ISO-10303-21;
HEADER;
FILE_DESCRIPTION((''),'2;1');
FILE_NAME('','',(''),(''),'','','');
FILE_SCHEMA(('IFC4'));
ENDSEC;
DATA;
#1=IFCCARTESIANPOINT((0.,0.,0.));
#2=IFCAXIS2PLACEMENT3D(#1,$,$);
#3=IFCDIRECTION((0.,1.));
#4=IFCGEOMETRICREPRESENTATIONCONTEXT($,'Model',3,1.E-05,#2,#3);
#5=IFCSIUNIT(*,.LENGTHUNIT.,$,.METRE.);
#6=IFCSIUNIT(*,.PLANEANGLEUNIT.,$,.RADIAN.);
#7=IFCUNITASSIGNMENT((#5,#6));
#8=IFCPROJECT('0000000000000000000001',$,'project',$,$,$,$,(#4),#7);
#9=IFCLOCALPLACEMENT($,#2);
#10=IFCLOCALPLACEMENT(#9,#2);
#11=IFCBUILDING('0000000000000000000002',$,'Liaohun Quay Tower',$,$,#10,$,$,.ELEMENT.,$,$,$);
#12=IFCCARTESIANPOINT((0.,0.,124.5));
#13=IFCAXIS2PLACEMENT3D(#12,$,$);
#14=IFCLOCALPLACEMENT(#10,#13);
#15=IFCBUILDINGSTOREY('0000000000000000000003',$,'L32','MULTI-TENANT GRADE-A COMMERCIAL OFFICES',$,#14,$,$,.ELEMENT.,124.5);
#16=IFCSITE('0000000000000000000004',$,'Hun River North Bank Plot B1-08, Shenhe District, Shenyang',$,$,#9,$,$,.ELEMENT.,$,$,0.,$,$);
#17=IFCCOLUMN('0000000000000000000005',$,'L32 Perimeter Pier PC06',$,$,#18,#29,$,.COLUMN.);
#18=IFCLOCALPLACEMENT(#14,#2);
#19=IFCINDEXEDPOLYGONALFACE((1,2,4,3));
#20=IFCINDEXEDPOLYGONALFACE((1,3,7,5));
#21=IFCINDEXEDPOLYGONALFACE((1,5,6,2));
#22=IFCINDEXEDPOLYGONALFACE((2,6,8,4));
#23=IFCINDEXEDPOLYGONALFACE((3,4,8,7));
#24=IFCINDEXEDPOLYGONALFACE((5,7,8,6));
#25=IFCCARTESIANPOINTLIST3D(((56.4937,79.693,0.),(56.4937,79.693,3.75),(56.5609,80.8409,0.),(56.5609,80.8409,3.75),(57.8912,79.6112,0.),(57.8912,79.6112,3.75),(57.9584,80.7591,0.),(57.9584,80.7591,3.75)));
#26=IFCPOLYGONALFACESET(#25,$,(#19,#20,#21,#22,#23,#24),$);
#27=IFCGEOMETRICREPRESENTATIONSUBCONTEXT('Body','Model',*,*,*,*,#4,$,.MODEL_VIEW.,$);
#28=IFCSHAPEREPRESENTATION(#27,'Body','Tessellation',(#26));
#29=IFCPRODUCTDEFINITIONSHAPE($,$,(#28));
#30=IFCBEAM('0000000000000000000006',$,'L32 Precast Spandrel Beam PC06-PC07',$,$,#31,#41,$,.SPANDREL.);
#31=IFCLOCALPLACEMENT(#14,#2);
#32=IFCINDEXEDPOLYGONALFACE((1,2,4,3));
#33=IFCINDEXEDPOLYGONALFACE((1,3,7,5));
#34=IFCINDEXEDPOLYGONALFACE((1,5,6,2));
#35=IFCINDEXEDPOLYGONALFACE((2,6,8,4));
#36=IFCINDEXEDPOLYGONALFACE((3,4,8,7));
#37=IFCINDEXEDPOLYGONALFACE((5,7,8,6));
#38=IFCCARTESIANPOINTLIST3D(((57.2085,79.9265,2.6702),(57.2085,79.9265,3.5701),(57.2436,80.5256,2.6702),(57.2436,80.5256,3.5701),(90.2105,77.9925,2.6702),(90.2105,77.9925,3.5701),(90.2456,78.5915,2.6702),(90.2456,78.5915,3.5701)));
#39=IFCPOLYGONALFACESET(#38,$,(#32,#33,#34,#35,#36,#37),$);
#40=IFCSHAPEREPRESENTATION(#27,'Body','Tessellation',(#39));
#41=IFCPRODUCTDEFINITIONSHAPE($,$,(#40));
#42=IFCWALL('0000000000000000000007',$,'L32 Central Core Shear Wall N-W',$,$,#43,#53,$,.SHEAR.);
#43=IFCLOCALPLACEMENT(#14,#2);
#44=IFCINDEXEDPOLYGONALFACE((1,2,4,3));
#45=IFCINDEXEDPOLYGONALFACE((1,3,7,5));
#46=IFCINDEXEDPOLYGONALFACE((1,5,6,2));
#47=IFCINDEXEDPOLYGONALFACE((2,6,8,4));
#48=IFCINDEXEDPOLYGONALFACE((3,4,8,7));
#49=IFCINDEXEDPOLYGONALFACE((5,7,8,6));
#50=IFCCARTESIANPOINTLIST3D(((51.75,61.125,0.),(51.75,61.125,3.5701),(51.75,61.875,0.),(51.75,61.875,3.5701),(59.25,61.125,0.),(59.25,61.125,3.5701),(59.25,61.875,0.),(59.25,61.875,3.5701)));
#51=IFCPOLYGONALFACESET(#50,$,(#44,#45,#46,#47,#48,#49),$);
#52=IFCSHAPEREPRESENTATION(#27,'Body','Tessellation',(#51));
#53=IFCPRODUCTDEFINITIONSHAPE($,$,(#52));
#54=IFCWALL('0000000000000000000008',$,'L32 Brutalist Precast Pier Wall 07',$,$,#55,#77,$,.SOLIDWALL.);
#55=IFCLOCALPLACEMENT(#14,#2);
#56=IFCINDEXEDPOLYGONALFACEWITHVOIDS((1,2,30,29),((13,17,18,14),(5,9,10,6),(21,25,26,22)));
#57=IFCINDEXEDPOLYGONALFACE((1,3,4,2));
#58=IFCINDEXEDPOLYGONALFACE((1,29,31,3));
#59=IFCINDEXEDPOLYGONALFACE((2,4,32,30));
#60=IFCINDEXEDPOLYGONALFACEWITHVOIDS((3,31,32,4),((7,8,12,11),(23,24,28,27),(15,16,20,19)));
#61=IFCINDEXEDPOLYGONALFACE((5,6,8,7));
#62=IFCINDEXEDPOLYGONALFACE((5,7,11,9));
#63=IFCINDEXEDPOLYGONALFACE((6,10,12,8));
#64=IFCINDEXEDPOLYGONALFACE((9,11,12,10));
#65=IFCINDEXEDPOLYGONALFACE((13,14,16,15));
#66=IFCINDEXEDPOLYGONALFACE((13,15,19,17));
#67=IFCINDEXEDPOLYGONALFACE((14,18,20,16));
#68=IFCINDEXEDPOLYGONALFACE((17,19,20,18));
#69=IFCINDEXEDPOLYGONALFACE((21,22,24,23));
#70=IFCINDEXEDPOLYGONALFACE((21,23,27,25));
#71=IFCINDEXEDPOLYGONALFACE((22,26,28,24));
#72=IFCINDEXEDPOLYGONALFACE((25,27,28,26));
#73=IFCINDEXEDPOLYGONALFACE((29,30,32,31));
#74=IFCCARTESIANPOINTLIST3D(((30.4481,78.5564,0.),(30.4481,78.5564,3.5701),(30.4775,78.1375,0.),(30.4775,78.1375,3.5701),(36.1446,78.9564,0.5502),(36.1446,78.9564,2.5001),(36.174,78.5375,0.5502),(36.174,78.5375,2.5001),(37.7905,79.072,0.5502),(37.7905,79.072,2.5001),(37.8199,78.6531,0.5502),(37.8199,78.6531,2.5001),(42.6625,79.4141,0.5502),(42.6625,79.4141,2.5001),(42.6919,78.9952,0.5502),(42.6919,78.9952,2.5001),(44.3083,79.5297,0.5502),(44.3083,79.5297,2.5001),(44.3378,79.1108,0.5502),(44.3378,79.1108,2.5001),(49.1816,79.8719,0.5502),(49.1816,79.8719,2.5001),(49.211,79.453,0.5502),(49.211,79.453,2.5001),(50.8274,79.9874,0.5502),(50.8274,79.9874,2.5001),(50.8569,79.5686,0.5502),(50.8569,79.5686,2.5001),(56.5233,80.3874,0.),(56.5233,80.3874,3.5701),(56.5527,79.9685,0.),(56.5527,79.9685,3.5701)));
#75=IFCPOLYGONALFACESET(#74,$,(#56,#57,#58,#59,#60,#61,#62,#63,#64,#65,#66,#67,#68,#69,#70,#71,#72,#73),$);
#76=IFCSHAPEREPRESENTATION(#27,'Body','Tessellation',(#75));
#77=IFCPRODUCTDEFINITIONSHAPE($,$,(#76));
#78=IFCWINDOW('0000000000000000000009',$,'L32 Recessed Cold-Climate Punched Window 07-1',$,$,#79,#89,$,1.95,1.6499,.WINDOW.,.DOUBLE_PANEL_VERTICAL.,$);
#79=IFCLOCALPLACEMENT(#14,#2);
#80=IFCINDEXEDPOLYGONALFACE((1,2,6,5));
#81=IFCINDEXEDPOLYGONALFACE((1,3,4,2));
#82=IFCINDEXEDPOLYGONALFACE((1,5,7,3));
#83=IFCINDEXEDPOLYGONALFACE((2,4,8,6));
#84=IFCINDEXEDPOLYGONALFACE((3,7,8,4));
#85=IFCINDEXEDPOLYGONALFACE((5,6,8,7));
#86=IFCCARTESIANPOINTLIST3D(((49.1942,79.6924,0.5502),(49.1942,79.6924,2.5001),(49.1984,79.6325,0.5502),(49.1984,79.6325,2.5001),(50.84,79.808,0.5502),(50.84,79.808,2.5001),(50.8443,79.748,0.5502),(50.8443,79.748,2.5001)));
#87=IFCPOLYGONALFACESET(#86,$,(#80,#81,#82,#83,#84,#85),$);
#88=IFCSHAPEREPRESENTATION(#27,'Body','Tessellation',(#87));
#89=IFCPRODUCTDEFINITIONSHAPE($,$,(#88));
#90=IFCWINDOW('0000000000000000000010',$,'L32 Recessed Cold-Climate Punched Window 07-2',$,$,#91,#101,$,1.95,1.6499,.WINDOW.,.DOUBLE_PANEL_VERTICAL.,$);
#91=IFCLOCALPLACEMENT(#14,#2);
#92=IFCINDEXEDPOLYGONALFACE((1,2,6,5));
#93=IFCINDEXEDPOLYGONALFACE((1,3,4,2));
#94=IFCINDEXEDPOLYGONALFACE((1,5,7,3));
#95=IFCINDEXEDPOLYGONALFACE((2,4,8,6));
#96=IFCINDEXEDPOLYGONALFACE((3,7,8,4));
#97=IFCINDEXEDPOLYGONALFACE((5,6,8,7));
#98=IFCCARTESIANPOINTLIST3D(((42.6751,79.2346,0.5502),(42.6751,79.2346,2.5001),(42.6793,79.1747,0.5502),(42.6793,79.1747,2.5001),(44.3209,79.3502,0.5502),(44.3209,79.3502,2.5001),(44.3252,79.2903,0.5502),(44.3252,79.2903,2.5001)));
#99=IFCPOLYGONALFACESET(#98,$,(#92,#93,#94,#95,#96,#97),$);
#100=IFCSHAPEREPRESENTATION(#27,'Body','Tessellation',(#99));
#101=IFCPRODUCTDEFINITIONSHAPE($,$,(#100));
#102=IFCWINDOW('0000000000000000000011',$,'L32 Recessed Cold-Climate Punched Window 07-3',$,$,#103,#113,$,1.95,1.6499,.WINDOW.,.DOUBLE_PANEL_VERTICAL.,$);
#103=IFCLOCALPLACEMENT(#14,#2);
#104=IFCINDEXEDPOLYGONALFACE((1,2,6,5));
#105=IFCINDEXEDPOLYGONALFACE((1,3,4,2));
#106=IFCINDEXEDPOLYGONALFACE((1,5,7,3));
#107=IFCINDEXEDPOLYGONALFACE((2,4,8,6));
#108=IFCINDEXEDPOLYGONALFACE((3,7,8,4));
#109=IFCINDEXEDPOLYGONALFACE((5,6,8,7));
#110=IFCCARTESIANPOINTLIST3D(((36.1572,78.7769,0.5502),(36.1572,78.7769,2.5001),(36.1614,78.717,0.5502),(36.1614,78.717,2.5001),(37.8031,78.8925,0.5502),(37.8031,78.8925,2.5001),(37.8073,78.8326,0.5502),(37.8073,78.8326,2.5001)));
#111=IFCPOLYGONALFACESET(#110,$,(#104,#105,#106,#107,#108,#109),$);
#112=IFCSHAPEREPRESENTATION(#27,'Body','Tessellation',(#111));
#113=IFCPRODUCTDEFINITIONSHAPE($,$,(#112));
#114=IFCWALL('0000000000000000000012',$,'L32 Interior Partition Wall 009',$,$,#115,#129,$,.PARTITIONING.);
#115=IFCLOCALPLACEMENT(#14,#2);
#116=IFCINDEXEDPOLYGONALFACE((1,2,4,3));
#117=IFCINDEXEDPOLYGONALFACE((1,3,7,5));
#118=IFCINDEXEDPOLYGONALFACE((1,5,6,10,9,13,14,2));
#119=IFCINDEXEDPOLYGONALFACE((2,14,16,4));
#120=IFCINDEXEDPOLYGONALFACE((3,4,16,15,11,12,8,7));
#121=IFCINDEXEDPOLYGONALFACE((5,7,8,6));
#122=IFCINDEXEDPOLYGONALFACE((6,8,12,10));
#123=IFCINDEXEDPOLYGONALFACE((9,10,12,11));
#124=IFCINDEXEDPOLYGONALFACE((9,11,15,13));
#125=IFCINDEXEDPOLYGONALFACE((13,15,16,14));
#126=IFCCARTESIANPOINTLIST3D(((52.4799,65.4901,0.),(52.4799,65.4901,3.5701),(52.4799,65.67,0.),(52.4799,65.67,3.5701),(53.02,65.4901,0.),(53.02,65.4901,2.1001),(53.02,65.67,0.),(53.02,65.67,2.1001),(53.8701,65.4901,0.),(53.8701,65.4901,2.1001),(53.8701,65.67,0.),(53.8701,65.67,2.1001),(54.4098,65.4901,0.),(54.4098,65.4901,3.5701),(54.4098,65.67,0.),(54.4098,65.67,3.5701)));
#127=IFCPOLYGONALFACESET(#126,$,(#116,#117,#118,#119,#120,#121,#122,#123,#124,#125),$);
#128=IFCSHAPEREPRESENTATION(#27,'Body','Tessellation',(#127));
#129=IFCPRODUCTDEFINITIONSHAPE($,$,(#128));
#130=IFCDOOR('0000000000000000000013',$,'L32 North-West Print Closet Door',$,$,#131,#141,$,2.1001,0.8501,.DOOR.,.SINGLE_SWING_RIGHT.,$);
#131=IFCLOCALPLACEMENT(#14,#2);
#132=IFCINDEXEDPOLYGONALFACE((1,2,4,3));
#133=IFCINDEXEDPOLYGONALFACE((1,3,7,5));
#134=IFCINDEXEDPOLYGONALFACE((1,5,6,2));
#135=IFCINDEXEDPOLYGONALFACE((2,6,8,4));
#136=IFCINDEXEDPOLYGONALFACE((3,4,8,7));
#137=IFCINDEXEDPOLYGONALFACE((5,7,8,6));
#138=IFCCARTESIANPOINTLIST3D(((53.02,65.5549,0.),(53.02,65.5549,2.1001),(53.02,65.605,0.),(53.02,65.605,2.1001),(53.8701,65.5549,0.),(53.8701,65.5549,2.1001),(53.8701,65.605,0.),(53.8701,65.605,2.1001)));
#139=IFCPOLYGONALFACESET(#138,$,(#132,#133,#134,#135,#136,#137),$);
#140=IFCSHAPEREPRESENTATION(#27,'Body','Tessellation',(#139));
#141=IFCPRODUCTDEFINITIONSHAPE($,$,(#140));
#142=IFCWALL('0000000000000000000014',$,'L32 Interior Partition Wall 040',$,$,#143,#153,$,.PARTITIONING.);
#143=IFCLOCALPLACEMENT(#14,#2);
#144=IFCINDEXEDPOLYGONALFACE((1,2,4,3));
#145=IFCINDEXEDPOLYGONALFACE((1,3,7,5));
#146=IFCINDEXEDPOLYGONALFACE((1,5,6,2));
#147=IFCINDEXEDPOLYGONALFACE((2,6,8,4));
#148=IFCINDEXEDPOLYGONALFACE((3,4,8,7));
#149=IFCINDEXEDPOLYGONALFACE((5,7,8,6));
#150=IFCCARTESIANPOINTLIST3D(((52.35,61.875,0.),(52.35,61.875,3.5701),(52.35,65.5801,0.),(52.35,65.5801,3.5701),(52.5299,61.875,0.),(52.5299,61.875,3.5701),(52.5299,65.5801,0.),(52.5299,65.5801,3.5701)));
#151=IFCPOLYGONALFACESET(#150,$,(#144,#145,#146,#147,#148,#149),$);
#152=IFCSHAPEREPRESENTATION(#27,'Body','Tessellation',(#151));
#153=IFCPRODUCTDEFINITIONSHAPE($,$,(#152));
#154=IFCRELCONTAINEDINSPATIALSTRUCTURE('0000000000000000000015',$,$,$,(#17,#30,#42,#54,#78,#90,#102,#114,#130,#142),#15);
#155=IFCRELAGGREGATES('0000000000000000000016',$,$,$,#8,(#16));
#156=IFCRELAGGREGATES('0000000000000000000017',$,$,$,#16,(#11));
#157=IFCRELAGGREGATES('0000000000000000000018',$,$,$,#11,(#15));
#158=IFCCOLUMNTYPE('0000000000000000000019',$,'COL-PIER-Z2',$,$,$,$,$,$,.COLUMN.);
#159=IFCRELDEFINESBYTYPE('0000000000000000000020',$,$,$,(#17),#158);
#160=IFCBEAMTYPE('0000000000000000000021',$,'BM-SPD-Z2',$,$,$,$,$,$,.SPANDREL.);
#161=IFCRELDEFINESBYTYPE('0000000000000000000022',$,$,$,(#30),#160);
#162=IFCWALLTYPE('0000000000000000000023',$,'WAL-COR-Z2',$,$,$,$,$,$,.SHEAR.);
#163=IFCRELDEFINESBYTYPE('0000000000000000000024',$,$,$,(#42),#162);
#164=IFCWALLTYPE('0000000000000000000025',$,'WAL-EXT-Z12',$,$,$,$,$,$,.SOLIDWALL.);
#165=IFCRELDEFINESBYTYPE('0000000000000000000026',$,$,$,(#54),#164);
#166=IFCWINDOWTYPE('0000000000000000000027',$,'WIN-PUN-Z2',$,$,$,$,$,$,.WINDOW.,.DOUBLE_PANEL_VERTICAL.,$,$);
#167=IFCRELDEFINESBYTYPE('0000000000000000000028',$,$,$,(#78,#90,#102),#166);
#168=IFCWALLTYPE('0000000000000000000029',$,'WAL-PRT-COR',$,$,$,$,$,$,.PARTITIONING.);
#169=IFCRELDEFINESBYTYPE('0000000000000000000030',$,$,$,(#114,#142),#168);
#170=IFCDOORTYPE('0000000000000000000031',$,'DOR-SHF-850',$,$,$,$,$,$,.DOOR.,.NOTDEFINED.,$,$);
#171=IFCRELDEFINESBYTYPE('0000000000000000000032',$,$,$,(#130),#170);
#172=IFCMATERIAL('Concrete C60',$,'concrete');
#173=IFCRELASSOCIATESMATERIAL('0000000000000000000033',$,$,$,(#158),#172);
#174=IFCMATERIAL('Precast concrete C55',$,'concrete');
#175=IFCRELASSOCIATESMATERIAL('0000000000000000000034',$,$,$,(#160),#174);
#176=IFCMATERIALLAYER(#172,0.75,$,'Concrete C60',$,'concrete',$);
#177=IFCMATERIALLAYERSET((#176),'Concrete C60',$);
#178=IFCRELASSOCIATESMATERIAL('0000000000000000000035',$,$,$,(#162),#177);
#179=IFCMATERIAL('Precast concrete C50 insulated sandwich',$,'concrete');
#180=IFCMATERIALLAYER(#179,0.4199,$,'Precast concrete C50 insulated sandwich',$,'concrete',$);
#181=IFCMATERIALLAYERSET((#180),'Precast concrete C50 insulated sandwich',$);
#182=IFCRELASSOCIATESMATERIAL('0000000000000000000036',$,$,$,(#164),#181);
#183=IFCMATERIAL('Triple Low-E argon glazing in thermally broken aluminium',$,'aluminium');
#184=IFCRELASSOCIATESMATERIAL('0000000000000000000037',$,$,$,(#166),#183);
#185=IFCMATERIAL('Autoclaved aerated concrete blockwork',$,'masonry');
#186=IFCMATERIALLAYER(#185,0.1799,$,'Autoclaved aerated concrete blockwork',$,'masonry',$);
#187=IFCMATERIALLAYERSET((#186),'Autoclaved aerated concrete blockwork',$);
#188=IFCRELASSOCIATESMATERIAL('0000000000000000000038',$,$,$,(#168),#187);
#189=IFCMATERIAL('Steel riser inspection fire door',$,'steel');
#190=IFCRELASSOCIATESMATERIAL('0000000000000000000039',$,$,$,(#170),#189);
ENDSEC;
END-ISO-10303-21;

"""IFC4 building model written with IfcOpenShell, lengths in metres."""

from ifc_helpers import new_model, si_unit, direction, frame, frame_2d, origin, origin_2d, place, context, subcontext, project, spatial, rectangle, extrude, source, transform, mapped, material, layer, layer_set, material_profile, profile_set, type_object, element, fill, save


model = new_model("IFC4")

# Units and contexts
model_context = context("Model", 3, precision=1e-05, world=origin(), true_north=direction((0.0, 1.0)))
body_context = subcontext(model_context, "Body", "Model", "MODEL_VIEW")
ifc_project = project(units=[si_unit("LENGTHUNIT", "METRE"), si_unit("PLANEANGLEUNIT", "RADIAN")], contexts=[model_context])

# Site, building, storey
site_placement = place(None, origin())
site = spatial("IfcSite", under=ifc_project, at=site_placement, Name="Hun River North Bank Plot B1-08, Shenhe District, Shenyang", CompositionType="ELEMENT", RefElevation=0.0)
building_placement = place(site_placement, origin())
building = spatial("IfcBuilding", under=site, at=building_placement, Name="Liaohun Quay Tower", CompositionType="ELEMENT")
storey_placement = place(building_placement, frame((0.0, 0.0, 124.5)))
storey = spatial("IfcBuildingStorey", under=building, at=storey_placement, Name="L32", Description="MULTI-TENANT GRADE-A COMMERCIAL OFFICES", CompositionType="ELEMENT", Elevation=124.5)

# Column
ifc_material_1 = material(Name="Concrete C60", Category="concrete")
ifc_material_profile_1 = material_profile(ifc_material_1, rectangle(XDim=1.3999, YDim=1.1499, at=origin_2d()), Name="RC1400x1150")
ifc_profile_set_1 = profile_set([ifc_material_profile_1], Name="Concrete C60")
column_type = type_object("IfcColumnType", Name="COL-PIER-Z2", PredefinedType="COLUMN", material=ifc_profile_set_1)
shared_shape_1 = source(origin(), body_context, "Body", "SweptSolid", [
    extrude(rectangle(XDim=1.3999, YDim=1.1499, at=origin_2d()), origin(), (0.0, 0.0, 1.0), 3.75),
])
column_placement = place(storey_placement, frame((57.2261, 80.2261, 0.0), z_axis=(0.0, 0.0, 1.0), x_axis=(-0.998291, 0.058435, 0.0)))
element("IfcColumn", 1, at=column_placement, inside=storey, type_object=column_type, Name="L32 Perimeter Pier PC06", PredefinedType="COLUMN", context=body_context, shape_type="MappedRepresentation", body=[
    mapped(shared_shape_1, transform((0.0, 0.0, 0.0), x_axis=(1.0, 0.0, 0.0), y_axis=(0.0, 1.0, 0.0), z_axis=(0.0, 0.0, 1.0), scale=1.0)),
])

# Beam
ifc_material_2 = material(Name="Precast concrete C55", Category="concrete")
ifc_material_profile_2 = material_profile(ifc_material_2, rectangle(XDim=0.6001, YDim=0.8999, at=origin_2d()), Name="RC600x900")
ifc_profile_set_2 = profile_set([ifc_material_profile_2], Name="Precast concrete C55")
beam_type = type_object("IfcBeamType", Name="BM-SPD-Z2", PredefinedType="SPANDREL", material=ifc_profile_set_2)
shared_shape_2 = source(origin(), body_context, "Body", "SweptSolid", [
    extrude(rectangle(XDim=0.6001, YDim=0.8999, at=origin_2d()), origin(), (0.0, 0.0, 1.0), 33.0586),
])
beam_placement = place(storey_placement, frame((57.2261, 80.2261, 3.1201), z_axis=(0.998287, -0.058505, 0.0), x_axis=(0.058505, 0.998287, 0.0)))
element("IfcBeam", 2, at=beam_placement, inside=storey, type_object=beam_type, Name="L32 Precast Spandrel Beam PC06-PC07", PredefinedType="SPANDREL", context=body_context, shape_type="MappedRepresentation", body=[
    mapped(shared_shape_2, transform((0.0, 0.0, 0.0), x_axis=(1.0, 0.0, 0.0), y_axis=(0.0, 1.0, 0.0), z_axis=(0.0, 0.0, 1.0), scale=1.0)),
])

# Wall
ifc_layer_1 = layer(ifc_material_1, 0.75, Name="Concrete C60", Category="concrete")
ifc_layer_set_1 = layer_set([ifc_layer_1], Name="Concrete C60")
wall_type_1 = type_object("IfcWallType", Name="WAL-COR-Z2", PredefinedType="SHEAR", material=ifc_layer_set_1)
wall_1_placement = place(storey_placement, frame((51.75, 61.5, 0.0), z_axis=(0.0, 0.0, 1.0), x_axis=(1.0, 0.0, 0.0)))
element("IfcWall", 3, at=wall_1_placement, inside=storey, type_object=wall_type_1, Name="L32 Central Core Shear Wall N-W", PredefinedType="SHEAR", context=body_context, shape_type="SweptSolid", body=[
    extrude(rectangle(XDim=7.5, YDim=0.75, at=frame_2d((3.75, 0.0))), origin(), (0.0, 0.0, 1.0), 3.5701),
])

# Wall, openings, windows
ifc_material_3 = material(Name="Precast concrete C50 insulated sandwich", Category="concrete")
ifc_layer_2 = layer(ifc_material_3, 0.4199, Name="Precast concrete C50 insulated sandwich", Category="concrete")
ifc_layer_set_2 = layer_set([ifc_layer_2], Name="Precast concrete C50 insulated sandwich")
wall_type_2 = type_object("IfcWallType", Name="WAL-EXT-Z12", PredefinedType="SOLIDWALL", material=ifc_layer_set_2)
wall_2_placement = place(storey_placement, frame((56.5381, 80.178, 0.0), z_axis=(0.0, 0.0, 1.0), x_axis=(-0.997544, -0.07005, 0.0)))
wall_2 = element("IfcWall", 4, at=wall_2_placement, inside=storey, type_object=wall_type_2, Name="L32 Brutalist Precast Pier Wall 07", PredefinedType="SOLIDWALL", context=body_context, shape_type="SweptSolid", body=[
    extrude(rectangle(XDim=26.1394, YDim=0.4199, at=frame_2d((13.0698, 0.0))), origin(), (0.0, 0.0, 1.0), 3.5701),
])
shared_shape_3 = source(origin(), body_context, "Body", "SweptSolid", [
    extrude(rectangle(XDim=1.6499, YDim=1.95, at=frame_2d((0.825, 0.9751))), frame((0.0, 0.22, 0.0), z_axis=(0.0, -1.0, 0.0), x_axis=(1.0, 0.0, 0.0)), (0.0, 0.0, 1.0), 0.4399),
])
opening_1_placement = place(wall_2_placement, frame((5.71, 0.0, 0.55)))
opening_1 = element("IfcOpeningElement", 5, at=opening_1_placement, cuts=wall_2, PredefinedType="OPENING", context=body_context, shape_type="MappedRepresentation", body=[
    mapped(shared_shape_3, transform((0.0, 0.0, 0.0), x_axis=(1.0, 0.0, 0.0), y_axis=(0.0, 1.0, 0.0), z_axis=(0.0, 0.0, 1.0), scale=1.0)),
])
opening_2_placement = place(wall_2_placement, frame((12.2451, 0.0, 0.55)))
opening_2 = element("IfcOpeningElement", 6, at=opening_2_placement, cuts=wall_2, PredefinedType="OPENING", context=body_context, shape_type="MappedRepresentation", body=[
    mapped(shared_shape_3, transform((0.0, 0.0, 0.0), x_axis=(1.0, 0.0, 0.0), y_axis=(0.0, 1.0, 0.0), z_axis=(0.0, 0.0, 1.0), scale=1.0)),
])
opening_3_placement = place(wall_2_placement, frame((18.7791, 0.0, 0.55)))
opening_3 = element("IfcOpeningElement", 7, at=opening_3_placement, cuts=wall_2, PredefinedType="OPENING", context=body_context, shape_type="MappedRepresentation", body=[
    mapped(shared_shape_3, transform((0.0, 0.0, 0.0), x_axis=(1.0, 0.0, 0.0), y_axis=(0.0, 1.0, 0.0), z_axis=(0.0, 0.0, 1.0), scale=1.0)),
])
ifc_material_4 = material(Name="Triple Low-E argon glazing in thermally broken aluminium", Category="aluminium")
window_type = type_object("IfcWindowType", Name="WIN-PUN-Z2", PartitioningType="DOUBLE_PANEL_VERTICAL", PredefinedType="WINDOW", material=ifc_material_4)
shared_shape_4 = source(origin(), body_context, "Body", "SweptSolid", [
    extrude(rectangle(XDim=1.6499, YDim=1.95, at=frame_2d((0.825, 0.9751))), frame((0.0, 0.03, 0.0), z_axis=(0.0, -1.0, 0.0), x_axis=(1.0, 0.0, 0.0)), (0.0, 0.0, 1.0), 0.0601),
])
window_1_placement = place(opening_1_placement, origin())
window_1 = element("IfcWindow", 8, at=window_1_placement, inside=storey, type_object=window_type, Name="L32 Recessed Cold-Climate Punched Window 07-1", OverallHeight=1.95, OverallWidth=1.6499, PartitioningType="DOUBLE_PANEL_VERTICAL", PredefinedType="WINDOW", context=body_context, shape_type="MappedRepresentation", body=[
    mapped(shared_shape_4, transform((0.0, 0.0, 0.0), x_axis=(1.0, 0.0, 0.0), y_axis=(0.0, 1.0, 0.0), z_axis=(0.0, 0.0, 1.0), scale=1.0)),
])
fill(opening_1, window_1)
window_2_placement = place(opening_2_placement, origin())
window_2 = element("IfcWindow", 9, at=window_2_placement, inside=storey, type_object=window_type, Name="L32 Recessed Cold-Climate Punched Window 07-2", OverallHeight=1.95, OverallWidth=1.6499, PartitioningType="DOUBLE_PANEL_VERTICAL", PredefinedType="WINDOW", context=body_context, shape_type="MappedRepresentation", body=[
    mapped(shared_shape_4, transform((0.0, 0.0, 0.0), x_axis=(1.0, 0.0, 0.0), y_axis=(0.0, 1.0, 0.0), z_axis=(0.0, 0.0, 1.0), scale=1.0)),
])
fill(opening_2, window_2)
window_3_placement = place(opening_3_placement, origin())
window_3 = element("IfcWindow", 10, at=window_3_placement, inside=storey, type_object=window_type, Name="L32 Recessed Cold-Climate Punched Window 07-3", OverallHeight=1.95, OverallWidth=1.6499, PartitioningType="DOUBLE_PANEL_VERTICAL", PredefinedType="WINDOW", context=body_context, shape_type="MappedRepresentation", body=[
    mapped(shared_shape_4, transform((0.0, 0.0, 0.0), x_axis=(1.0, 0.0, 0.0), y_axis=(0.0, 1.0, 0.0), z_axis=(0.0, 0.0, 1.0), scale=1.0)),
])
fill(opening_3, window_3)

# Wall, opening, door
ifc_material_5 = material(Name="Autoclaved aerated concrete blockwork", Category="masonry")
ifc_layer_3 = layer(ifc_material_5, 0.1799, Name="Autoclaved aerated concrete blockwork", Category="masonry")
ifc_layer_set_3 = layer_set([ifc_layer_3], Name="Autoclaved aerated concrete blockwork")
wall_type_3 = type_object("IfcWallType", Name="WAL-PRT-COR", PredefinedType="PARTITIONING", material=ifc_layer_set_3)
wall_3_placement = place(storey_placement, frame((52.48, 65.5801, 0.0), z_axis=(0.0, 0.0, 1.0), x_axis=(1.0, 0.0, 0.0)))
wall_3 = element("IfcWall", 11, at=wall_3_placement, inside=storey, type_object=wall_type_3, Name="L32 Interior Partition Wall 009", PredefinedType="PARTITIONING", context=body_context, shape_type="SweptSolid", body=[
    extrude(rectangle(XDim=1.9299, YDim=0.1799, at=frame_2d((0.9648, 0.0))), origin(), (0.0, 0.0, 1.0), 3.5701),
])
shared_shape_5 = source(origin(), body_context, "Body", "SweptSolid", [
    extrude(rectangle(XDim=0.8501, YDim=2.1001, at=frame_2d((0.425, 1.05))), frame((0.0, 0.0999, 0.0), z_axis=(0.0, -1.0, 0.0), x_axis=(1.0, 0.0, 0.0)), (0.0, 0.0, 1.0), 0.2),
])
opening_4_placement = place(wall_3_placement, frame((0.54, 0.0, 0.0)))
opening_4 = element("IfcOpeningElement", 12, at=opening_4_placement, cuts=wall_3, PredefinedType="OPENING", context=body_context, shape_type="MappedRepresentation", body=[
    mapped(shared_shape_5, transform((0.0, 0.0, 0.0), x_axis=(1.0, 0.0, 0.0), y_axis=(0.0, 1.0, 0.0), z_axis=(0.0, 0.0, 1.0), scale=1.0)),
])
ifc_material_6 = material(Name="Steel riser inspection fire door", Category="steel")
door_type = type_object("IfcDoorType", Name="DOR-SHF-850", OperationType="NOTDEFINED", PredefinedType="DOOR", material=ifc_material_6)
shared_shape_6 = source(origin(), body_context, "Body", "SweptSolid", [
    extrude(rectangle(XDim=0.8501, YDim=2.1001, at=frame_2d((0.425, 1.05))), frame((0.0, 0.0249, 0.0), z_axis=(0.0, -1.0, 0.0), x_axis=(1.0, 0.0, 0.0)), (0.0, 0.0, 1.0), 0.05),
])
door_placement = place(opening_4_placement, origin())
door = element("IfcDoor", 13, at=door_placement, inside=storey, type_object=door_type, Name="L32 North-West Print Closet Door", OperationType="SINGLE_SWING_RIGHT", OverallHeight=2.1001, OverallWidth=0.8501, PredefinedType="DOOR", context=body_context, shape_type="MappedRepresentation", body=[
    mapped(shared_shape_6, transform((0.0, 0.0, 0.0), x_axis=(1.0, 0.0, 0.0), y_axis=(0.0, 1.0, 0.0), z_axis=(0.0, 0.0, 1.0), scale=1.0)),
])
fill(opening_4, door)

# Wall
wall_4_placement = place(storey_placement, frame((52.4399, 61.875, 0.0), z_axis=(0.0, 0.0, 1.0), x_axis=(0.0, 1.0, 0.0)))
element("IfcWall", 14, at=wall_4_placement, inside=storey, type_object=wall_type_3, Name="L32 Interior Partition Wall 040", PredefinedType="PARTITIONING", context=body_context, shape_type="SweptSolid", body=[
    extrude(rectangle(XDim=3.7051, YDim=0.1799, at=frame_2d((1.8525, 0.0))), origin(), (0.0, 0.0, 1.0), 3.5701),
])

save(model, "model.ifc")
